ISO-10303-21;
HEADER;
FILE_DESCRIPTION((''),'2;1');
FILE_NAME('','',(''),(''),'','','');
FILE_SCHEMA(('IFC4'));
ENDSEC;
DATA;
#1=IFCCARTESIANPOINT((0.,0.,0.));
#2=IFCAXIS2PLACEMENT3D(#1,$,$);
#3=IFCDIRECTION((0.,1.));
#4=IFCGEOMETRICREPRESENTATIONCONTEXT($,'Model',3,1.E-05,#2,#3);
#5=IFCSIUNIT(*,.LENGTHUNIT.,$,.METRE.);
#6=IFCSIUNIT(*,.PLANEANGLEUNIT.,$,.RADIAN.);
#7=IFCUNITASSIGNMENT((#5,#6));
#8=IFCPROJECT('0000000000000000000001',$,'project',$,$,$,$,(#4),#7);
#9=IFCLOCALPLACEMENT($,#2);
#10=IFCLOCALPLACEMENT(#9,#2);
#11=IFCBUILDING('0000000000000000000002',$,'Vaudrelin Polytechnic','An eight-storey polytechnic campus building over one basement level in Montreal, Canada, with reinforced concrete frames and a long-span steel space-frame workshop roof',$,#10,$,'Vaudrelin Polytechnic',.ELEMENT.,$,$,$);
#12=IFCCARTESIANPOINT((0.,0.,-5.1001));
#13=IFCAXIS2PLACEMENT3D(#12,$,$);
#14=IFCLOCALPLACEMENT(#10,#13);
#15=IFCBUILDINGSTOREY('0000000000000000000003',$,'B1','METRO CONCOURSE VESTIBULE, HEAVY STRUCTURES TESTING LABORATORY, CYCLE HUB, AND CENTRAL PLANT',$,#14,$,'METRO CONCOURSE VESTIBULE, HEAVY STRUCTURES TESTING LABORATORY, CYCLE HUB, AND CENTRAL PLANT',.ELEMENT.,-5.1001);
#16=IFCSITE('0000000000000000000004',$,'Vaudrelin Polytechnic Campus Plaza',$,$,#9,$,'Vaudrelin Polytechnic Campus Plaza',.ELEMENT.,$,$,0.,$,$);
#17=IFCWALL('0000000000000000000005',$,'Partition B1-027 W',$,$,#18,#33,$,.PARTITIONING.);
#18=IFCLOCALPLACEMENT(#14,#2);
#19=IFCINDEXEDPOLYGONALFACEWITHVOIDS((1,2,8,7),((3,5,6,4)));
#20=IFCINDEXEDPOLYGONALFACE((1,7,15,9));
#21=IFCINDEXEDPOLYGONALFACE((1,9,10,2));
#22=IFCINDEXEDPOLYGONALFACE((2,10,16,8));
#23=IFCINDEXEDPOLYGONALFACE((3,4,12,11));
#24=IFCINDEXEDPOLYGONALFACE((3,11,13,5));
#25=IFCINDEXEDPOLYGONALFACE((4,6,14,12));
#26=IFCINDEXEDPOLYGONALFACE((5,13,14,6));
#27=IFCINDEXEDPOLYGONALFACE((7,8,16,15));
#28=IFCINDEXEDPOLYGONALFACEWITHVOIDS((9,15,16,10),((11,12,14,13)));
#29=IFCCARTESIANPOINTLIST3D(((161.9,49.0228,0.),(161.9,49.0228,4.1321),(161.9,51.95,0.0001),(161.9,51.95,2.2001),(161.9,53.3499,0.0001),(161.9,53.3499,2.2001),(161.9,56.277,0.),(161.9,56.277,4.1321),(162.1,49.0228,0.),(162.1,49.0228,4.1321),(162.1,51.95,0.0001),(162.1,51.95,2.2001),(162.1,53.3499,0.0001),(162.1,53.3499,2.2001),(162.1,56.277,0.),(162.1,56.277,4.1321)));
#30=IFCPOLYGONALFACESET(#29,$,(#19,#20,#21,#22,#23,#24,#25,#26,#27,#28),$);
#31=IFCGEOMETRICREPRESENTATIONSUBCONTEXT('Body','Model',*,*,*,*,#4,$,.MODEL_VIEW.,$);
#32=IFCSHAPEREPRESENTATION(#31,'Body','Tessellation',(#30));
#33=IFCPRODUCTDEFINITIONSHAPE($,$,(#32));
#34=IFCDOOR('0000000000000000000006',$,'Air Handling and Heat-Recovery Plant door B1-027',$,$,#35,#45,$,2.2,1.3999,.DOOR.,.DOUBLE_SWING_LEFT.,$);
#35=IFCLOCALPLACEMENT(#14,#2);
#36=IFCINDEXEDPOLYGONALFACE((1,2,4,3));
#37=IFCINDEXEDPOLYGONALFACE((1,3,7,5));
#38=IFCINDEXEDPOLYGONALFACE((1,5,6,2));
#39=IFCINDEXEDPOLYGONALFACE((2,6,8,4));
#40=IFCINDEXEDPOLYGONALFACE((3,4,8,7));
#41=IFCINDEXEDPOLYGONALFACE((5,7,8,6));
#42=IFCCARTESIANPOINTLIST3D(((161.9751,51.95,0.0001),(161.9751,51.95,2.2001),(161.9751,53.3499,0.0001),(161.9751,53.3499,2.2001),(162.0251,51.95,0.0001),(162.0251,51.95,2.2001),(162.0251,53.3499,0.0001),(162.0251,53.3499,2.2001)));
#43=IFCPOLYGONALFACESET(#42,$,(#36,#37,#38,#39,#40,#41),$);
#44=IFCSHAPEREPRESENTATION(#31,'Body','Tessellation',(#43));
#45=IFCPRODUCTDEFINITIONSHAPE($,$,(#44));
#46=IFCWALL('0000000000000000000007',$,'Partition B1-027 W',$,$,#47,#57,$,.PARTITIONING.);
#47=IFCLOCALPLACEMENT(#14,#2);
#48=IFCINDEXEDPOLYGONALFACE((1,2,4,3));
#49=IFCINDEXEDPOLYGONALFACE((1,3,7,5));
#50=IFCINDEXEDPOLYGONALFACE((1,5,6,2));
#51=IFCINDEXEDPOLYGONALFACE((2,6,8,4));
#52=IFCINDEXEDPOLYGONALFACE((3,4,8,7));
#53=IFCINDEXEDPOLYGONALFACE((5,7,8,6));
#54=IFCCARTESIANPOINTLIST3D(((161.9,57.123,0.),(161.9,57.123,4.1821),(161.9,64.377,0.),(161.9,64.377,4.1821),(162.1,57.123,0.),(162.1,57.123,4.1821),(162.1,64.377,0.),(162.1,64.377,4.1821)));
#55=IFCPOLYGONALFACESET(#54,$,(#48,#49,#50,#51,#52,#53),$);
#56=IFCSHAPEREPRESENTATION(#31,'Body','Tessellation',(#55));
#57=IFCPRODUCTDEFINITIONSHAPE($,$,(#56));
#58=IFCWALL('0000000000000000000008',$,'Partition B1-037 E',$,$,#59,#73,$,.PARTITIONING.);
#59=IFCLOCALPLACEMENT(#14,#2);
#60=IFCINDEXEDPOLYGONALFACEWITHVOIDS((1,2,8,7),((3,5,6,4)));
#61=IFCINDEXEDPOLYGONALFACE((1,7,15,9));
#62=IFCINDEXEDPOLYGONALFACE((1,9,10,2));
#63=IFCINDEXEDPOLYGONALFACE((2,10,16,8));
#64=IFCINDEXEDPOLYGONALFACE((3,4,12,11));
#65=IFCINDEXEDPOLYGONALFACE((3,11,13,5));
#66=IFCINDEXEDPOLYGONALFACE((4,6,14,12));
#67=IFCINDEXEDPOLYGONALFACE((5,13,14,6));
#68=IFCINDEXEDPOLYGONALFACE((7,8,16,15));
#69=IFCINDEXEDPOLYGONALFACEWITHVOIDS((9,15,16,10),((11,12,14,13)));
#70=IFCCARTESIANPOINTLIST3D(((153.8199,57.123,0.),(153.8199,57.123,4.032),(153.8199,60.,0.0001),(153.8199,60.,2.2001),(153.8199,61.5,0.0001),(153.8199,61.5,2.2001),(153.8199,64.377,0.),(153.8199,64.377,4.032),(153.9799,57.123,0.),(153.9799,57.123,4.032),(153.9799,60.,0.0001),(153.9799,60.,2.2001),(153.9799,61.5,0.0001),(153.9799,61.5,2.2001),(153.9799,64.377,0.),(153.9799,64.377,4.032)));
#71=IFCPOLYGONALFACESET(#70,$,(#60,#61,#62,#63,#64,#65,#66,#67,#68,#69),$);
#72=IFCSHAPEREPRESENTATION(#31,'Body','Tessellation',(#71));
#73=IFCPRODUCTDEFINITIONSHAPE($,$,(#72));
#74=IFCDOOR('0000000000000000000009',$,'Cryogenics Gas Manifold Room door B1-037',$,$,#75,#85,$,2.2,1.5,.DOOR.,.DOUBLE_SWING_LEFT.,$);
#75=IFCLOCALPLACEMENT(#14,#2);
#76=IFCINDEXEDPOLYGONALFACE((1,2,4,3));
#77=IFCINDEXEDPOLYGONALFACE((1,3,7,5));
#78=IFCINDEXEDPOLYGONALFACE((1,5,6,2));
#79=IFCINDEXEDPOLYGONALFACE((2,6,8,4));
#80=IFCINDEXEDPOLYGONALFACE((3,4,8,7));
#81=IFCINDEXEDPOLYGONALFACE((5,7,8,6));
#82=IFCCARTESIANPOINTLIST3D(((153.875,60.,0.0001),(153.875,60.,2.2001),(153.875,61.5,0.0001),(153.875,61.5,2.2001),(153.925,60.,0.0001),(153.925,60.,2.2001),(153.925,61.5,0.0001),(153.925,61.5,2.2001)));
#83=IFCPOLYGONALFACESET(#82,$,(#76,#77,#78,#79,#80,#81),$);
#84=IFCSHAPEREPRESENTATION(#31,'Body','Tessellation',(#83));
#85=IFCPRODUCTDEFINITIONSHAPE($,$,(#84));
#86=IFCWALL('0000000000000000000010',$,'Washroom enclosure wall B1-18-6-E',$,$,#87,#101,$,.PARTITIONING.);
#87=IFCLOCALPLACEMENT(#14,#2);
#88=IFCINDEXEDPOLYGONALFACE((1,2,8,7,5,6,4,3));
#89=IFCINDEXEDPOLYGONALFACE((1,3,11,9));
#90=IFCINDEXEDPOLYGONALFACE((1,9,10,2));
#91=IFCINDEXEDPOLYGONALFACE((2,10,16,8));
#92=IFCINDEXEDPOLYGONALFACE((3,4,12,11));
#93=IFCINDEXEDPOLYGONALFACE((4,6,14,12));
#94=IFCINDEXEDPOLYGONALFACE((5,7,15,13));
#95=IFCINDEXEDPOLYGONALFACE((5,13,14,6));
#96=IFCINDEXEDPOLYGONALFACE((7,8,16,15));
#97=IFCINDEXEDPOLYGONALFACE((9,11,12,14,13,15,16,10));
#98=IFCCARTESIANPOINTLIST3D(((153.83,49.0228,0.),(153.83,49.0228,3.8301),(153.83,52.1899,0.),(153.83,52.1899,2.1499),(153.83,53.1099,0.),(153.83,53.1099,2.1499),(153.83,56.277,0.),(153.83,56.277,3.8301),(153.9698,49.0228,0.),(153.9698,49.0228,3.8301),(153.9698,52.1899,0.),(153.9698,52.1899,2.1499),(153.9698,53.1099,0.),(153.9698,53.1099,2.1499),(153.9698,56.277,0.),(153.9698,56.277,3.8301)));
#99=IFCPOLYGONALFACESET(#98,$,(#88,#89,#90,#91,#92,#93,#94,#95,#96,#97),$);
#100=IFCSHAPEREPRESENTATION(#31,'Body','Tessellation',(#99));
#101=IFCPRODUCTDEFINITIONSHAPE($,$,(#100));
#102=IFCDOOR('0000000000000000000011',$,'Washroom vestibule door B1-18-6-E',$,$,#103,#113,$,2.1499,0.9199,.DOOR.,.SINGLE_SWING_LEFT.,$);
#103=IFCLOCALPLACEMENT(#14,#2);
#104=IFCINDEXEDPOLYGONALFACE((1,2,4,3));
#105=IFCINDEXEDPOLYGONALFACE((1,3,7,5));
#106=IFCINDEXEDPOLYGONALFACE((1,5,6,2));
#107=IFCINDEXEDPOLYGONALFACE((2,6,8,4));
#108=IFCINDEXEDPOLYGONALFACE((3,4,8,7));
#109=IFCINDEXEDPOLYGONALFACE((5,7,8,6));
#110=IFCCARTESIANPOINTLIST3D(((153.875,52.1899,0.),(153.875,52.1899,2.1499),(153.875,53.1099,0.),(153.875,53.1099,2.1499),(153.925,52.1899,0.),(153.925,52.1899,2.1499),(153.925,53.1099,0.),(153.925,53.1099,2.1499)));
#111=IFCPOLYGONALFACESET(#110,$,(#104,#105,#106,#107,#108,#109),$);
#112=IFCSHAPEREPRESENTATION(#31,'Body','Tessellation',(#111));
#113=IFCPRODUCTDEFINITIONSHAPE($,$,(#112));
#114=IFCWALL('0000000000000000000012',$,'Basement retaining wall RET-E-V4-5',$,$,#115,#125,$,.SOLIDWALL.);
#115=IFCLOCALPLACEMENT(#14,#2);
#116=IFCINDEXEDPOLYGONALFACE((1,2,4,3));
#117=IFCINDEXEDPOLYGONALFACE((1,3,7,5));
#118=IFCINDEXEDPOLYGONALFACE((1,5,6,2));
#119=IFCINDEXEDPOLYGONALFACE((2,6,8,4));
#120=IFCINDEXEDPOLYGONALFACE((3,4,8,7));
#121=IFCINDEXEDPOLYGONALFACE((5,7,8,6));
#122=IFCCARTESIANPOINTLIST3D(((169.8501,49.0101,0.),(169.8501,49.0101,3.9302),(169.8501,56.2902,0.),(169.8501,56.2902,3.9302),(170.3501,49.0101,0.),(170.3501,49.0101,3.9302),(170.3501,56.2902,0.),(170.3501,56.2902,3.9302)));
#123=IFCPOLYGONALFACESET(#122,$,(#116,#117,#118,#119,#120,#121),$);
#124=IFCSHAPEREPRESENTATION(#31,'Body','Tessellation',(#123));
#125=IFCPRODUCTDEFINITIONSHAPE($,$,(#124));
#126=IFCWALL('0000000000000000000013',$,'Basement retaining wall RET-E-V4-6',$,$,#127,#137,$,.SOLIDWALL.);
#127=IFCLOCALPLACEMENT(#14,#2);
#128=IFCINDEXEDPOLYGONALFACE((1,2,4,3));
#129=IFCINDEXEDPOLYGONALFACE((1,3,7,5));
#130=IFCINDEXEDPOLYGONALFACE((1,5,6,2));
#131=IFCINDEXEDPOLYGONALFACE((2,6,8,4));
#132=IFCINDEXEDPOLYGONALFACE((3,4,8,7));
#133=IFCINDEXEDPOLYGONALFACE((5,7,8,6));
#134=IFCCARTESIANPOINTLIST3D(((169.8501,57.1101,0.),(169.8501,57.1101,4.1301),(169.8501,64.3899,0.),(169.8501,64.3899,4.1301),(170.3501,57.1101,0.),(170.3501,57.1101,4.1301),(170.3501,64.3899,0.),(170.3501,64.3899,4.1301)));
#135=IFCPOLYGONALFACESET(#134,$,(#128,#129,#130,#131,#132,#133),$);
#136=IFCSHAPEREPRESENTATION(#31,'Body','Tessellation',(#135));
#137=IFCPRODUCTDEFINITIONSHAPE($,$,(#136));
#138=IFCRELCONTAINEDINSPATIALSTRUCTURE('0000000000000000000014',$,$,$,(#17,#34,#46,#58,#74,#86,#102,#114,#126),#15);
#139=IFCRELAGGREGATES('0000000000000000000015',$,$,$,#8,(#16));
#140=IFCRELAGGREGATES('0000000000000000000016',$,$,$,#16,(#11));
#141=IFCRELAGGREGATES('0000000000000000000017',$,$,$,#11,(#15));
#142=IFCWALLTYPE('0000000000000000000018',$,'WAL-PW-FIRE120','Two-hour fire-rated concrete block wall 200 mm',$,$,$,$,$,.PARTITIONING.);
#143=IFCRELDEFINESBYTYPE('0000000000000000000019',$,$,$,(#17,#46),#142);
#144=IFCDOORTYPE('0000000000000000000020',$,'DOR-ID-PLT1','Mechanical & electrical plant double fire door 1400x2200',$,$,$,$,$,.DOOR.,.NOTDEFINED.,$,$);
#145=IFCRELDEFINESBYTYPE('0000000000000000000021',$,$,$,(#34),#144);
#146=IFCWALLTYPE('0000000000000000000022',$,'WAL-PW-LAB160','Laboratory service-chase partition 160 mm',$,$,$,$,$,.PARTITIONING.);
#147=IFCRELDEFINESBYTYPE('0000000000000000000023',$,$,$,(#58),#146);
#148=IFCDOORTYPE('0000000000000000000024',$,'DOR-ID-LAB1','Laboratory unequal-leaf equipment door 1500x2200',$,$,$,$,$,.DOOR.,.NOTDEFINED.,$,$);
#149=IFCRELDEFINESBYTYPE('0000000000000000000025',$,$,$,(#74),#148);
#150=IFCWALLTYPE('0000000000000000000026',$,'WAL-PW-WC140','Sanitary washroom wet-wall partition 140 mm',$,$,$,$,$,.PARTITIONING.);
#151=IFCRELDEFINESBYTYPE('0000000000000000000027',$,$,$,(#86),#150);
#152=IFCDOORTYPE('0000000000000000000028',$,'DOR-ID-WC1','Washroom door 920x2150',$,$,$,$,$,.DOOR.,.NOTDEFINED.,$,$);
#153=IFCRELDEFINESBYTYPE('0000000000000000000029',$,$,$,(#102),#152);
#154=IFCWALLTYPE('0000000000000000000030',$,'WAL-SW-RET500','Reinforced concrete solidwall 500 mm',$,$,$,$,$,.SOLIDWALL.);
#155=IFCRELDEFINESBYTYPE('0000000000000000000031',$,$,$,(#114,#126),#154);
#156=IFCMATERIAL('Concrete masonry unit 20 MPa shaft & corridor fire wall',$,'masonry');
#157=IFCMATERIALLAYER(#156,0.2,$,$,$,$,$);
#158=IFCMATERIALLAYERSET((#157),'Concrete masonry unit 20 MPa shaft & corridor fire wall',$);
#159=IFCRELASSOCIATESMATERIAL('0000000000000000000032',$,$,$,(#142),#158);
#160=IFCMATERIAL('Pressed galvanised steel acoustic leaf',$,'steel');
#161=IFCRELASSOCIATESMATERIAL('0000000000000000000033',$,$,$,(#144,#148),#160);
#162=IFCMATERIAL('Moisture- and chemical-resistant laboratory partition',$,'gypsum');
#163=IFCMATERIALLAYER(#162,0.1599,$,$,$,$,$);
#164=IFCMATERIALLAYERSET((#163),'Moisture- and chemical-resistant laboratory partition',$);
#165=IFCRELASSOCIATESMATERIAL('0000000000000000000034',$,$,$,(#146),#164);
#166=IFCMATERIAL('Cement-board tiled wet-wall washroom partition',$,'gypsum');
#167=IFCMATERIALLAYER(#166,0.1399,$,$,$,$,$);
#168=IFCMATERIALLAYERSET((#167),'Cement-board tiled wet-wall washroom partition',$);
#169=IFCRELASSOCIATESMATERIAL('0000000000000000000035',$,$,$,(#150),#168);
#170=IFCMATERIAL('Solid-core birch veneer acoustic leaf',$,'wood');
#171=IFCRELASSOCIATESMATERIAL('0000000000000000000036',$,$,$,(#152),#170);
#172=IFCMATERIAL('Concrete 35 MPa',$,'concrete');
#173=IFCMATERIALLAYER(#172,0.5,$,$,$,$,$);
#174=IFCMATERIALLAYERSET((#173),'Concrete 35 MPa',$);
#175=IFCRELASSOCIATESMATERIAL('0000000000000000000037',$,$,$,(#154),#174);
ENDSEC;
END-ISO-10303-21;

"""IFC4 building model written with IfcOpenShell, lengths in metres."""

from ifc_helpers import new_model, si_unit, direction, frame, frame_2d, origin, place, context, subcontext, project, spatial, rectangle, extrude, material, layer, layer_set, type_object, element, fill, save


model = new_model("IFC4")

# Units and contexts
model_context = context("Model", 3, precision=1e-05, world=origin(), true_north=direction((0.0, 1.0)))
body_context = subcontext(model_context, "Body", "Model", "MODEL_VIEW")
ifc_project = project(units=[si_unit("LENGTHUNIT", "METRE"), si_unit("PLANEANGLEUNIT", "RADIAN")], contexts=[model_context])

# Site, building, storey
site_placement = place(None, origin())
site = spatial("IfcSite", under=ifc_project, at=site_placement, Name="Vaudrelin Polytechnic Campus Plaza", LongName="Vaudrelin Polytechnic Campus Plaza", CompositionType="ELEMENT", RefElevation=0.0)
building_placement = place(site_placement, origin())
building = spatial("IfcBuilding", under=site, at=building_placement, Name="Vaudrelin Polytechnic", Description="An eight-storey polytechnic campus building over one basement level in Montreal, Canada, with reinforced concrete frames and a long-span steel space-frame workshop roof", LongName="Vaudrelin Polytechnic", CompositionType="ELEMENT")
storey_placement = place(building_placement, frame((0.0, 0.0, -5.1001)))
storey = spatial("IfcBuildingStorey", under=building, at=storey_placement, Name="B1", Description="METRO CONCOURSE VESTIBULE, HEAVY STRUCTURES TESTING LABORATORY, CYCLE HUB, AND CENTRAL PLANT", LongName="METRO CONCOURSE VESTIBULE, HEAVY STRUCTURES TESTING LABORATORY, CYCLE HUB, AND CENTRAL PLANT", CompositionType="ELEMENT", Elevation=-5.1001)

# Wall, opening, door
ifc_material_1 = material(Name="Concrete masonry unit 20 MPa shaft & corridor fire wall", Category="masonry")
ifc_layer_1 = layer(ifc_material_1, 0.2)
ifc_layer_set_1 = layer_set([ifc_layer_1], Name="Concrete masonry unit 20 MPa shaft & corridor fire wall")
wall_type_1 = type_object("IfcWallType", Name="WAL-PW-FIRE120", Description="Two-hour fire-rated concrete block wall 200 mm", PredefinedType="PARTITIONING", material=ifc_layer_set_1)
wall_1_placement = place(storey_placement, frame((162.0, 49.0229, 0.0), z_axis=(0.0, 0.0, 1.0), x_axis=(0.0, 1.0, 0.0)))
wall_1 = element("IfcWall", 1, at=wall_1_placement, inside=storey, type_object=wall_type_1, Name="Partition B1-027 W", PredefinedType="PARTITIONING", context=body_context, shape_type="SweptSolid", body=[
    extrude(rectangle(XDim=7.2542, YDim=0.2, at=frame_2d((3.627, 0.0))), origin(), (0.0, 0.0, 1.0), 4.1321),
])
opening_1_placement = place(wall_1_placement, frame((2.927, 0.0, 0.0)))
opening_1 = element("IfcOpeningElement", 2, at=opening_1_placement, cuts=wall_1, PredefinedType="OPENING", context=body_context, shape_type="SweptSolid", body=[
    extrude(rectangle(XDim=1.3999, YDim=2.2, at=frame_2d((0.7, 1.1001))), frame((0.0, 0.1099, 0.0), z_axis=(0.0, -1.0, 0.0), x_axis=(1.0, 0.0, 0.0)), (0.0, 0.0, 1.0), 0.22),
])
ifc_material_2 = material(Name="Pressed galvanised steel acoustic leaf", Category="steel")
door_type_1 = type_object("IfcDoorType", Name="DOR-ID-PLT1", Description="Mechanical & electrical plant double fire door 1400x2200", OperationType="NOTDEFINED", PredefinedType="DOOR", material=ifc_material_2)
door_1_placement = place(opening_1_placement, origin())
door_1 = element("IfcDoor", 3, at=door_1_placement, inside=storey, type_object=door_type_1, Name="Air Handling and Heat-Recovery Plant door B1-027", OperationType="DOUBLE_SWING_LEFT", OverallHeight=2.2, OverallWidth=1.3999, PredefinedType="DOOR", context=body_context, shape_type="SweptSolid", body=[
    extrude(rectangle(XDim=1.3999, YDim=2.2, at=frame_2d((0.7, 1.1001))), frame((0.0, 0.0249, 0.0), z_axis=(0.0, -1.0, 0.0), x_axis=(1.0, 0.0, 0.0)), (0.0, 0.0, 1.0), 0.05),
])
fill(opening_1, door_1)

# Wall
wall_2_placement = place(storey_placement, frame((162.0, 57.123, 0.0), z_axis=(0.0, 0.0, 1.0), x_axis=(0.0, 1.0, 0.0)))
element("IfcWall", 4, at=wall_2_placement, inside=storey, type_object=wall_type_1, Name="Partition B1-027 W", PredefinedType="PARTITIONING", context=body_context, shape_type="SweptSolid", body=[
    extrude(rectangle(XDim=7.2539, YDim=0.2, at=frame_2d((3.627, 0.0))), origin(), (0.0, 0.0, 1.0), 4.1821),
])

# Walls, openings, doors
ifc_material_3 = material(Name="Moisture- and chemical-resistant laboratory partition", Category="gypsum")
ifc_layer_2 = layer(ifc_material_3, 0.1599)
ifc_layer_set_2 = layer_set([ifc_layer_2], Name="Moisture- and chemical-resistant laboratory partition")
wall_type_2 = type_object("IfcWallType", Name="WAL-PW-LAB160", Description="Laboratory service-chase partition 160 mm", PredefinedType="PARTITIONING", material=ifc_layer_set_2)
wall_3_placement = place(storey_placement, frame((153.8999, 57.123, 0.0), z_axis=(0.0, 0.0, 1.0), x_axis=(0.0, 1.0, 0.0)))
wall_3 = element("IfcWall", 5, at=wall_3_placement, inside=storey, type_object=wall_type_2, Name="Partition B1-037 E", PredefinedType="PARTITIONING", context=body_context, shape_type="SweptSolid", body=[
    extrude(rectangle(XDim=7.2539, YDim=0.1599, at=frame_2d((3.627, 0.0))), origin(), (0.0, 0.0, 1.0), 4.032),
])
opening_2_placement = place(wall_3_placement, frame((2.877, 0.0, 0.0)))
opening_2 = element("IfcOpeningElement", 6, at=opening_2_placement, cuts=wall_3, PredefinedType="OPENING", context=body_context, shape_type="SweptSolid", body=[
    extrude(rectangle(XDim=1.5, YDim=2.2, at=frame_2d((0.75, 1.1001))), frame((0.0, 0.0898, 0.0), z_axis=(0.0, -1.0, 0.0), x_axis=(1.0, 0.0, 0.0)), (0.0, 0.0, 1.0), 0.1799),
])
door_type_2 = type_object("IfcDoorType", Name="DOR-ID-LAB1", Description="Laboratory unequal-leaf equipment door 1500x2200", OperationType="NOTDEFINED", PredefinedType="DOOR", material=ifc_material_2)
door_2_placement = place(opening_2_placement, origin())
door_2 = element("IfcDoor", 7, at=door_2_placement, inside=storey, type_object=door_type_2, Name="Cryogenics Gas Manifold Room door B1-037", OperationType="DOUBLE_SWING_LEFT", OverallHeight=2.2, OverallWidth=1.5, PredefinedType="DOOR", context=body_context, shape_type="SweptSolid", body=[
    extrude(rectangle(XDim=1.5, YDim=2.2, at=frame_2d((0.75, 1.1001))), frame((0.0, 0.0249, 0.0), z_axis=(0.0, -1.0, 0.0), x_axis=(1.0, 0.0, 0.0)), (0.0, 0.0, 1.0), 0.05),
])
fill(opening_2, door_2)
ifc_material_4 = material(Name="Cement-board tiled wet-wall washroom partition", Category="gypsum")
ifc_layer_3 = layer(ifc_material_4, 0.1399)
ifc_layer_set_3 = layer_set([ifc_layer_3], Name="Cement-board tiled wet-wall washroom partition")
wall_type_3 = type_object("IfcWallType", Name="WAL-PW-WC140", Description="Sanitary washroom wet-wall partition 140 mm", PredefinedType="PARTITIONING", material=ifc_layer_set_3)
wall_4_placement = place(storey_placement, frame((153.8999, 49.0229, 0.0), z_axis=(0.0, 0.0, 1.0), x_axis=(0.0, 1.0, 0.0)))
wall_4 = element("IfcWall", 8, at=wall_4_placement, inside=storey, type_object=wall_type_3, Name="Washroom enclosure wall B1-18-6-E", PredefinedType="PARTITIONING", context=body_context, shape_type="SweptSolid", body=[
    extrude(rectangle(XDim=7.2542, YDim=0.1399, at=frame_2d((3.627, 0.0))), origin(), (0.0, 0.0, 1.0), 3.8301),
])
opening_3_placement = place(wall_4_placement, frame((3.167, 0.0, 0.0)))
opening_3 = element("IfcOpeningElement", 9, at=opening_3_placement, cuts=wall_4, PredefinedType="OPENING", context=body_context, shape_type="SweptSolid", body=[
    extrude(rectangle(XDim=0.9199, YDim=2.1499, at=frame_2d((0.46, 1.075))), frame((0.0, 0.0801, 0.0), z_axis=(0.0, -1.0, 0.0), x_axis=(1.0, 0.0, 0.0)), (0.0, 0.0, 1.0), 0.1599),
])
ifc_material_5 = material(Name="Solid-core birch veneer acoustic leaf", Category="wood")
door_type_3 = type_object("IfcDoorType", Name="DOR-ID-WC1", Description="Washroom door 920x2150", OperationType="NOTDEFINED", PredefinedType="DOOR", material=ifc_material_5)
door_3_placement = place(opening_3_placement, origin())
door_3 = element("IfcDoor", 10, at=door_3_placement, inside=storey, type_object=door_type_3, Name="Washroom vestibule door B1-18-6-E", OperationType="SINGLE_SWING_LEFT", OverallHeight=2.1499, OverallWidth=0.9199, PredefinedType="DOOR", context=body_context, shape_type="SweptSolid", body=[
    extrude(rectangle(XDim=0.9199, YDim=2.1499, at=frame_2d((0.46, 1.075))), frame((0.0, 0.0249, 0.0), z_axis=(0.0, -1.0, 0.0), x_axis=(1.0, 0.0, 0.0)), (0.0, 0.0, 1.0), 0.05),
])
fill(opening_3, door_3)

# Walls
ifc_material_6 = material(Name="Concrete 35 MPa", Category="concrete")
ifc_layer_4 = layer(ifc_material_6, 0.5)
ifc_layer_set_4 = layer_set([ifc_layer_4], Name="Concrete 35 MPa")
wall_type_4 = type_object("IfcWallType", Name="WAL-SW-RET500", Description="Reinforced concrete solidwall 500 mm", PredefinedType="SOLIDWALL", material=ifc_layer_set_4)
wall_5_placement = place(storey_placement, frame((170.1001, 49.01, 0.0), z_axis=(0.0, 0.0, 1.0), x_axis=(0.0, 1.0, 0.0)))
element("IfcWall", 11, at=wall_5_placement, inside=storey, type_object=wall_type_4, Name="Basement retaining wall RET-E-V4-5", PredefinedType="SOLIDWALL", context=body_context, shape_type="SweptSolid", body=[
    extrude(rectangle(XDim=7.28, YDim=0.5, at=frame_2d((3.6401, 0.0))), origin(), (0.0, 0.0, 1.0), 3.9302),
])
wall_6_placement = place(storey_placement, frame((170.1001, 57.1101, 0.0), z_axis=(0.0, 0.0, 1.0), x_axis=(0.0, 1.0, 0.0)))
element("IfcWall", 12, at=wall_6_placement, inside=storey, type_object=wall_type_4, Name="Basement retaining wall RET-E-V4-6", PredefinedType="SOLIDWALL", context=body_context, shape_type="SweptSolid", body=[
    extrude(rectangle(XDim=7.2798, YDim=0.5, at=frame_2d((3.6399, 0.0))), origin(), (0.0, 0.0, 1.0), 4.1301),
])

save(model, "model.ifc")
